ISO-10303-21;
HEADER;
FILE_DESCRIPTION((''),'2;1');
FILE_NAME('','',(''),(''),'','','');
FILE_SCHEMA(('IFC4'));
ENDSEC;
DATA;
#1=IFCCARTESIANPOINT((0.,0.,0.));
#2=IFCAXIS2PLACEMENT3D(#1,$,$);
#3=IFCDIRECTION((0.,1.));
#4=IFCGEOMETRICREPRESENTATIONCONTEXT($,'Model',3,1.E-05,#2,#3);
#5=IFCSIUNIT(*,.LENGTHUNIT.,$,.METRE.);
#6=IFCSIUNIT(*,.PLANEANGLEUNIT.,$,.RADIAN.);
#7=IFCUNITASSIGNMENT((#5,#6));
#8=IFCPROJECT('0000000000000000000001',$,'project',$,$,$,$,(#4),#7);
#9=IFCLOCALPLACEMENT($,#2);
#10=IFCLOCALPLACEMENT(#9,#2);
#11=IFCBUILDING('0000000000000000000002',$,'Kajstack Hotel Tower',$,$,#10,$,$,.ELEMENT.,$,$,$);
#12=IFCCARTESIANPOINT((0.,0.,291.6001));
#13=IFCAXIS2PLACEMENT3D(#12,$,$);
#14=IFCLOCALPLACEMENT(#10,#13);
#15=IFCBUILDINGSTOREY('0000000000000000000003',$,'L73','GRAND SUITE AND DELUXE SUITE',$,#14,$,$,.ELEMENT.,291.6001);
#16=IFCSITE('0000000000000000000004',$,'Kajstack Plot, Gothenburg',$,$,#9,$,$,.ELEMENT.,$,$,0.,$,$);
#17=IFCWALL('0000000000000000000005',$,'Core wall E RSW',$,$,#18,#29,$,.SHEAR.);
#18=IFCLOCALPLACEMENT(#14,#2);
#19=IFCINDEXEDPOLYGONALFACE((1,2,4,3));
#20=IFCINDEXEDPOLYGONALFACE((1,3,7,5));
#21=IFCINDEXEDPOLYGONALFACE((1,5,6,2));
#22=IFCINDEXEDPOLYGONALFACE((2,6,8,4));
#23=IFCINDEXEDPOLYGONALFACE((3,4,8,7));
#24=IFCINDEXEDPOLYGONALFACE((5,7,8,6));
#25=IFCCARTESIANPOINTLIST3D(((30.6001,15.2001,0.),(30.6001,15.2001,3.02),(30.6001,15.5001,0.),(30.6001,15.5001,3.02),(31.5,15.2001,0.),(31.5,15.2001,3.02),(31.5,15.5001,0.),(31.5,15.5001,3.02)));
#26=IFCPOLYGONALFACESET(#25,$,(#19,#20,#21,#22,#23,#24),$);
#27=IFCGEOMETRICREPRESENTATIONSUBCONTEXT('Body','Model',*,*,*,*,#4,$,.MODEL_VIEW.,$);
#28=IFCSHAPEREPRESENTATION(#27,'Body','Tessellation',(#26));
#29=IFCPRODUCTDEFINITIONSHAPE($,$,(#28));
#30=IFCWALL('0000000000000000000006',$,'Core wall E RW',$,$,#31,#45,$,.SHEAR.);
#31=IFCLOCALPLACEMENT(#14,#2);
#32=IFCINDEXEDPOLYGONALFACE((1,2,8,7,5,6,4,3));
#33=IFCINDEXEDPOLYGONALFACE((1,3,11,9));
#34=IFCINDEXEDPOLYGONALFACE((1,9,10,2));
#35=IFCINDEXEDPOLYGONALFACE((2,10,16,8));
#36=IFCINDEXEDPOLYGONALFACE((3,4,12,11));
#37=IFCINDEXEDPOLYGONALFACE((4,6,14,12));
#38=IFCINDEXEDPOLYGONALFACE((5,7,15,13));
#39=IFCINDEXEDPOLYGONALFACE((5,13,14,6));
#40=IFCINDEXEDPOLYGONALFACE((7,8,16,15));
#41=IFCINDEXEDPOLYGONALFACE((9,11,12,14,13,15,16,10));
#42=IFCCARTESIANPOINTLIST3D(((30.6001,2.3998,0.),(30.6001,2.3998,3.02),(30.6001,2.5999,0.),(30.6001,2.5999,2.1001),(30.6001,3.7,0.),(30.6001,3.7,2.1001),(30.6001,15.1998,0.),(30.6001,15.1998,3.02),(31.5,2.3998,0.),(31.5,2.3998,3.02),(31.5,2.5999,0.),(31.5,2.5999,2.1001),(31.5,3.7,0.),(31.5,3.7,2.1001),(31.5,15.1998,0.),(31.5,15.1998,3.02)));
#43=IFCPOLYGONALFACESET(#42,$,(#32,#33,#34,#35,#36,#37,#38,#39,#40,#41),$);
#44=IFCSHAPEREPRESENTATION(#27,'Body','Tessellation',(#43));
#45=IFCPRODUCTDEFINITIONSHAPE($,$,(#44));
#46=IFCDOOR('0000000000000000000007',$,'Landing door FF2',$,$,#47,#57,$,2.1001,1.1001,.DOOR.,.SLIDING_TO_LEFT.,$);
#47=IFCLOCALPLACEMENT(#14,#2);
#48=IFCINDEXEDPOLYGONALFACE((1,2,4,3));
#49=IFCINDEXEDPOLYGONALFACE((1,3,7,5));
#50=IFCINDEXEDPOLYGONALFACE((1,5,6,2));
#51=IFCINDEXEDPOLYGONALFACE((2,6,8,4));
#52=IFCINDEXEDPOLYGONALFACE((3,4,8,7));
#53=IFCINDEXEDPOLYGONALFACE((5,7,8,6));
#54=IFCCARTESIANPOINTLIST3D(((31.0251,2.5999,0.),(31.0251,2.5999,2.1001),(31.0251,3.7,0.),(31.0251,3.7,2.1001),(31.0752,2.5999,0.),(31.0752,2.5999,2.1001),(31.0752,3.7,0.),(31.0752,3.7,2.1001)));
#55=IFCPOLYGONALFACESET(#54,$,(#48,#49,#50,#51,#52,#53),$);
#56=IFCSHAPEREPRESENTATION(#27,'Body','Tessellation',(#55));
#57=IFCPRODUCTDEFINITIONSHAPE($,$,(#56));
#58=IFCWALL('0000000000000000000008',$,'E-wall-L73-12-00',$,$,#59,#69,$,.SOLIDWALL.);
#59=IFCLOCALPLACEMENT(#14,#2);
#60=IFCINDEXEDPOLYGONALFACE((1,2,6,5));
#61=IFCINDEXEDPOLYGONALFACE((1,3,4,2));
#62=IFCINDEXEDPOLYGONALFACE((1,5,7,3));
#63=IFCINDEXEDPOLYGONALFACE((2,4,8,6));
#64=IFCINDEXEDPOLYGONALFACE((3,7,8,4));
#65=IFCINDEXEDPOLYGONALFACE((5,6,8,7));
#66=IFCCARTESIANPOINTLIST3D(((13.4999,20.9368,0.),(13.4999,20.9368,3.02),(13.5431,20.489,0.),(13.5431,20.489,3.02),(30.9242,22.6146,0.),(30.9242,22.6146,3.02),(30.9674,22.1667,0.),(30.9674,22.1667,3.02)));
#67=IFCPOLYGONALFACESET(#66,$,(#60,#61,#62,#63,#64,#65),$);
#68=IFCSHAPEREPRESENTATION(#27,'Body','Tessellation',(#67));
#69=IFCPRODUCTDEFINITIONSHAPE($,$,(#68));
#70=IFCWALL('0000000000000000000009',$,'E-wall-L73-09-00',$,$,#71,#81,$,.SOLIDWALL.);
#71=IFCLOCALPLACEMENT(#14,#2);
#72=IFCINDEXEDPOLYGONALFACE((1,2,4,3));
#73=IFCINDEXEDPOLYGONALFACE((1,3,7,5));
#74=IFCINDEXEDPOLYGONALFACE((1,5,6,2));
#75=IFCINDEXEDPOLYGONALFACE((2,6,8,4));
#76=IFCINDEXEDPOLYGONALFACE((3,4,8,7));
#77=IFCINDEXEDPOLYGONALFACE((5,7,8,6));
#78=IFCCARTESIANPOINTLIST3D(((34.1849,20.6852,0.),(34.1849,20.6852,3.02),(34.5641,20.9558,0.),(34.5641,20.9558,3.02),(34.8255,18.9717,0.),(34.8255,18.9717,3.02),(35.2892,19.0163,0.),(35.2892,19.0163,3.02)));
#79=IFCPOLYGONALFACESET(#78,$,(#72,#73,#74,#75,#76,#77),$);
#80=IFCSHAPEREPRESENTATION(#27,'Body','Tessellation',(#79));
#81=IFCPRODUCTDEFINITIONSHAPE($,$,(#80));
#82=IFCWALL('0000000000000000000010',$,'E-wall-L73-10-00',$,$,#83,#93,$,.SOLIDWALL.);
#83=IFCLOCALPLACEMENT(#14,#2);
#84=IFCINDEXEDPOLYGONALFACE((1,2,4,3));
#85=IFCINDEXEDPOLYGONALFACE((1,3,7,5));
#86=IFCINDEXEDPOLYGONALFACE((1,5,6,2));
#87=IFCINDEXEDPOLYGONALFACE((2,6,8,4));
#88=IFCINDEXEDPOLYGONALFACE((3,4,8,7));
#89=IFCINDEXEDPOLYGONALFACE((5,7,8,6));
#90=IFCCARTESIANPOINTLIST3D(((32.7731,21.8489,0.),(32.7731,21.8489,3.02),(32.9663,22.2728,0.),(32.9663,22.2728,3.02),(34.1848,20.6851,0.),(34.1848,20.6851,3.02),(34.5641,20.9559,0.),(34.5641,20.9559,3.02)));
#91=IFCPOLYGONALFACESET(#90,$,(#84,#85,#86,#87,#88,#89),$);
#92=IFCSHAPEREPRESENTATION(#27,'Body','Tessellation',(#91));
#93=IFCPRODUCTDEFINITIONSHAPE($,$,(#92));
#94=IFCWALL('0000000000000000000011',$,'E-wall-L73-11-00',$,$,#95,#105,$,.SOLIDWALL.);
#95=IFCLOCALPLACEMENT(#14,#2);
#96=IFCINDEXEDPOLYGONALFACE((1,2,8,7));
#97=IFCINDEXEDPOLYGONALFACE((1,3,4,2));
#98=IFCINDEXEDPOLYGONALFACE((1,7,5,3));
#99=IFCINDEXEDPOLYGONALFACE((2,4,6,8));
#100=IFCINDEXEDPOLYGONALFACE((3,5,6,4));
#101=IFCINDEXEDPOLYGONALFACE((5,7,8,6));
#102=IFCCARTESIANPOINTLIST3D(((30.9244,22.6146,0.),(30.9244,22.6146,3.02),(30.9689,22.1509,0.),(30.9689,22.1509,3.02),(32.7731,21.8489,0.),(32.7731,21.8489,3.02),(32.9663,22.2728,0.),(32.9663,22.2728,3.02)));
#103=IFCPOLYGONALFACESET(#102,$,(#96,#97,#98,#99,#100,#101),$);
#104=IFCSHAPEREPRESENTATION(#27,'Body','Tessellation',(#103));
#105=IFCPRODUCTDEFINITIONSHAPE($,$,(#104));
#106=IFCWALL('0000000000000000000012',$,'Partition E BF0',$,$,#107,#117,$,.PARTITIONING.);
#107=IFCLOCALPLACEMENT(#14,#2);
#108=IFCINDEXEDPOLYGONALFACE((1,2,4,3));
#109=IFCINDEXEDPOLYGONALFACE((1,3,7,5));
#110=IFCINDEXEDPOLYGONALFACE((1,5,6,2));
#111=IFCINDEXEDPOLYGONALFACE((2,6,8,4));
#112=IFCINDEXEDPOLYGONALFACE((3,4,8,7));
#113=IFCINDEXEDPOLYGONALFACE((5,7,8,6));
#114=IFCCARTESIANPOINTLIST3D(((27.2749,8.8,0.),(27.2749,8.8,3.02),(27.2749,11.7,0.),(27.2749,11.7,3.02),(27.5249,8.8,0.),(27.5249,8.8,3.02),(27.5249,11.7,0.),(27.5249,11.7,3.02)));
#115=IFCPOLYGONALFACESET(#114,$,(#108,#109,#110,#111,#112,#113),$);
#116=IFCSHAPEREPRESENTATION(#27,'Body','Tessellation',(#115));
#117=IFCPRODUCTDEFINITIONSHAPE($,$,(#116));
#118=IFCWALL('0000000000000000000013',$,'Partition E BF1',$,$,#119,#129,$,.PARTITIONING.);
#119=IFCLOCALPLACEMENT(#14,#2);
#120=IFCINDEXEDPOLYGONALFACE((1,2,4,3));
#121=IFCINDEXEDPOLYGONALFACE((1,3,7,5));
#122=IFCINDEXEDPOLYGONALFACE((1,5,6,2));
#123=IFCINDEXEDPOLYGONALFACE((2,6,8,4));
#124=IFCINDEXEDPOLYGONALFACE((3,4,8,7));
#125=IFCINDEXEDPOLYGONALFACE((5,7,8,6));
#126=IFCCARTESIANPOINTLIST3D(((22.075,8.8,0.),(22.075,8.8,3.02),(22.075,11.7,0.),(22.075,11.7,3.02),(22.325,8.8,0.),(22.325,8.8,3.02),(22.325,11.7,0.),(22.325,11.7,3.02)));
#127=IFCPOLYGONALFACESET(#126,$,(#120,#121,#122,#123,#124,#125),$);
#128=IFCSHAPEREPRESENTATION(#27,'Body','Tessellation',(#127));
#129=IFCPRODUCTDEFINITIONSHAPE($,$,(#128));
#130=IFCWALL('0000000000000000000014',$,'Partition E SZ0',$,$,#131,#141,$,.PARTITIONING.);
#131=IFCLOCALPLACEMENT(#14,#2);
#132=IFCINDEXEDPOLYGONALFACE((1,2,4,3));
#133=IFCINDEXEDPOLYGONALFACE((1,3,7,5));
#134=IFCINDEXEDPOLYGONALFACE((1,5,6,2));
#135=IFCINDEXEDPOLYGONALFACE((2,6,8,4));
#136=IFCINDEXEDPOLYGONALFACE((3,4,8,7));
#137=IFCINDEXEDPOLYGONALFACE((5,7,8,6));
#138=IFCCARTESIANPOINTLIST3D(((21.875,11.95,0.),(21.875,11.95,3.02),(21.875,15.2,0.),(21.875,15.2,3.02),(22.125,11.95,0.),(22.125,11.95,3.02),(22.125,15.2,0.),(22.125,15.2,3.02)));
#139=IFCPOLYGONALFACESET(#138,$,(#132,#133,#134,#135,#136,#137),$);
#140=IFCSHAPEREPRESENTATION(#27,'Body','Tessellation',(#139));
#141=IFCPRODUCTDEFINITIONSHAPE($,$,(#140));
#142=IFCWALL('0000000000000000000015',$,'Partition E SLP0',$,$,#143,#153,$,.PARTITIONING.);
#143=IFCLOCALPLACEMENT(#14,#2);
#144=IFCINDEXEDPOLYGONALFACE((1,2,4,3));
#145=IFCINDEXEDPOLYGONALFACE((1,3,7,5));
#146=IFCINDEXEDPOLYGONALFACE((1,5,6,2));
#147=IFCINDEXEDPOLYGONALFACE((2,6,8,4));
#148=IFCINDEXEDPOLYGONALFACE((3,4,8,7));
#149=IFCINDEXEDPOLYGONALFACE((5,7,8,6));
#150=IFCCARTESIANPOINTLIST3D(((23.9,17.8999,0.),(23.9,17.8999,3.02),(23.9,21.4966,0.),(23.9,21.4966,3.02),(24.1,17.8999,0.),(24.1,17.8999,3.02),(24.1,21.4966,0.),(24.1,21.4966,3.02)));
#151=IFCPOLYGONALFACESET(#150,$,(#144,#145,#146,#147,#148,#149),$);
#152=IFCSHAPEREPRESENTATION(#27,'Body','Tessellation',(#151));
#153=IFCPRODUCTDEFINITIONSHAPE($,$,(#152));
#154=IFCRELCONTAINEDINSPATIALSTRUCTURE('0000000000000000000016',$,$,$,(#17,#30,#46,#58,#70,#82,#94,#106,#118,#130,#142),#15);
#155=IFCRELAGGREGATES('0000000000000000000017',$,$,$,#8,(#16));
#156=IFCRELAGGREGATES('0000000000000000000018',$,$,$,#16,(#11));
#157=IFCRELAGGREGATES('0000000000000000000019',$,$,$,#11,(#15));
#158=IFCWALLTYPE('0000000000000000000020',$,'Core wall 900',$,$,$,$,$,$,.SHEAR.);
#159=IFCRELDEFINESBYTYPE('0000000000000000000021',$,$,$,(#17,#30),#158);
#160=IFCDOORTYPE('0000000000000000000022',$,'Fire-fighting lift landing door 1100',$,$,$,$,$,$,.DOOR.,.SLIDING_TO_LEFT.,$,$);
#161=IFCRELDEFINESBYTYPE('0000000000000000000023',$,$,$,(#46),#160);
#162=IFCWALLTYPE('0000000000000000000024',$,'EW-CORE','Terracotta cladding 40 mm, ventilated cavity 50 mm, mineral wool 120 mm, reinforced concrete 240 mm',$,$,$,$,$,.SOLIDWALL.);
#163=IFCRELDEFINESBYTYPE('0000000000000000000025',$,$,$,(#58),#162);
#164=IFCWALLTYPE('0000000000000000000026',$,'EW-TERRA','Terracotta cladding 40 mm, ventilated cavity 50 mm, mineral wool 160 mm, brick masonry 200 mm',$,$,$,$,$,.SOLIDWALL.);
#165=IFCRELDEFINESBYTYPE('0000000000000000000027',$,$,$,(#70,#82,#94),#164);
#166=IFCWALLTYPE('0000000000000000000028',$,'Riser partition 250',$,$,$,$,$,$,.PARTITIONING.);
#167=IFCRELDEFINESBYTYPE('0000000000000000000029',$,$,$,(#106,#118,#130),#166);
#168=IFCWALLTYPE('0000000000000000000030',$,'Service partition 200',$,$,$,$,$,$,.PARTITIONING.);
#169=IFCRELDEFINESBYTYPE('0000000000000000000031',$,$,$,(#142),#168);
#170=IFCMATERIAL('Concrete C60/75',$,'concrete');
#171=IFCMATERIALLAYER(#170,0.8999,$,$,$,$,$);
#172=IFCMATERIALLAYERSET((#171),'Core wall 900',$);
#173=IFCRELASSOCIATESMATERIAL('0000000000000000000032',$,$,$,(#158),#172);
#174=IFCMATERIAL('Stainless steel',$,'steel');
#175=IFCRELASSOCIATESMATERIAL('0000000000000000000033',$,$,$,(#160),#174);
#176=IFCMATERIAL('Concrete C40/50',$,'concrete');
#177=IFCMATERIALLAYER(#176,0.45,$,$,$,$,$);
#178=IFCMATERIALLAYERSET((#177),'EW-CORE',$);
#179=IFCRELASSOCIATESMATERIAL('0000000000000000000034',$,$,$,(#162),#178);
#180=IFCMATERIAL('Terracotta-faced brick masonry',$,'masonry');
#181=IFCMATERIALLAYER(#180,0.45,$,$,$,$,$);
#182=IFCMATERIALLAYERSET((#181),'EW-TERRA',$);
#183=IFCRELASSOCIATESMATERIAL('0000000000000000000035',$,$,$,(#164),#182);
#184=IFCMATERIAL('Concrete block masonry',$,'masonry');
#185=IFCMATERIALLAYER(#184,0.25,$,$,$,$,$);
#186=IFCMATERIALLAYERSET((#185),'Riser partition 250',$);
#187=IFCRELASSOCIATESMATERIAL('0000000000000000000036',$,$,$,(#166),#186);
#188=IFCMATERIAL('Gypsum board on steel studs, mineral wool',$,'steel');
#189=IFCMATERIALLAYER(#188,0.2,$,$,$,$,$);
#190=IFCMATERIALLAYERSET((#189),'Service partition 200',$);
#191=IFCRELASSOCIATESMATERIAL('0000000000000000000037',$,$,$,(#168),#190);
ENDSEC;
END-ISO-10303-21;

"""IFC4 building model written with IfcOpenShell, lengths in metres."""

from ifc_helpers import new_model, si_unit, direction, frame, frame_2d, origin, place, context, subcontext, project, spatial, polyline, rectangle, outline, extrude, material, layer, layer_set, type_object, element, fill, save


model = new_model("IFC4")

# Units and contexts
model_context = context("Model", 3, precision=1e-05, world=origin(), true_north=direction((0.0, 1.0)))
body_context = subcontext(model_context, "Body", "Model", "MODEL_VIEW")
ifc_project = project(units=[si_unit("LENGTHUNIT", "METRE"), si_unit("PLANEANGLEUNIT", "RADIAN")], contexts=[model_context])

# Site, building, storey
site_placement = place(None, origin())
site = spatial("IfcSite", under=ifc_project, at=site_placement, Name="Kajstack Plot, Gothenburg", CompositionType="ELEMENT", RefElevation=0.0)
building_placement = place(site_placement, origin())
building = spatial("IfcBuilding", under=site, at=building_placement, Name="Kajstack Hotel Tower", CompositionType="ELEMENT")
storey_placement = place(building_placement, frame((0.0, 0.0, 291.6001)))
storey = spatial("IfcBuildingStorey", under=building, at=storey_placement, Name="L73", Description="GRAND SUITE AND DELUXE SUITE", CompositionType="ELEMENT", Elevation=291.6001)

# Wall
ifc_material_1 = material(Name="Concrete C60/75", Category="concrete")
ifc_layer_1 = layer(ifc_material_1, 0.8999)
ifc_layer_set_1 = layer_set([ifc_layer_1], Name="Core wall 900")
wall_type_1 = type_object("IfcWallType", Name="Core wall 900", PredefinedType="SHEAR", material=ifc_layer_set_1)
wall_1_placement = place(storey_placement, frame((30.6001, 15.3501, 0.0), z_axis=(0.0, 0.0, 1.0), x_axis=(1.0, 0.0, 0.0)))
element("IfcWall", 1, at=wall_1_placement, inside=storey, type_object=wall_type_1, Name="Core wall E RSW", PredefinedType="SHEAR", context=body_context, shape_type="SweptSolid", body=[
    extrude(rectangle(XDim=0.8999, YDim=0.3, at=frame_2d((0.45, 0.0))), origin(), (0.0, 0.0, 1.0), 3.02),
])

# Wall, opening, door
wall_2_placement = place(storey_placement, frame((31.05, 2.3999, 0.0), z_axis=(0.0, 0.0, 1.0), x_axis=(0.0, 1.0, 0.0)))
wall_2 = element("IfcWall", 2, at=wall_2_placement, inside=storey, type_object=wall_type_1, Name="Core wall E RW", PredefinedType="SHEAR", context=body_context, shape_type="SweptSolid", body=[
    extrude(rectangle(XDim=12.8, YDim=0.8999, at=frame_2d((6.3999, 0.0))), origin(), (0.0, 0.0, 1.0), 3.02),
])
opening_1_placement = place(wall_2_placement, frame((0.2, 0.0, 0.0)))
opening_1 = element("IfcOpeningElement", 3, at=opening_1_placement, cuts=wall_2, PredefinedType="OPENING", context=body_context, shape_type="SweptSolid", body=[
    extrude(rectangle(XDim=1.1001, YDim=2.1001, at=frame_2d((0.55, 1.05))), frame((0.0, 0.46, 0.0), z_axis=(0.0, -1.0, 0.0), x_axis=(1.0, 0.0, 0.0)), (0.0, 0.0, 1.0), 0.9199),
])
ifc_material_2 = material(Name="Stainless steel", Category="steel")
door_type_1 = type_object("IfcDoorType", Name="Fire-fighting lift landing door 1100", OperationType="SLIDING_TO_LEFT", PredefinedType="DOOR", material=ifc_material_2)
door_1_placement = place(opening_1_placement, origin())
door_1 = element("IfcDoor", 4, at=door_1_placement, inside=storey, type_object=door_type_1, Name="Landing door FF2", OperationType="SLIDING_TO_LEFT", OverallHeight=2.1001, OverallWidth=1.1001, PredefinedType="DOOR", context=body_context, shape_type="SweptSolid", body=[
    extrude(rectangle(XDim=1.1001, YDim=2.1001, at=frame_2d((0.55, 1.05))), frame((0.0, 0.0249, 0.0), z_axis=(0.0, -1.0, 0.0), x_axis=(1.0, 0.0, 0.0)), (0.0, 0.0, 1.0), 0.05),
])
fill(opening_1, door_1)

# Walls
ifc_material_3 = material(Name="Concrete C40/50", Category="concrete")
ifc_layer_2 = layer(ifc_material_3, 0.45)
ifc_layer_set_2 = layer_set([ifc_layer_2], Name="EW-CORE")
wall_type_2 = type_object("IfcWallType", Name="EW-CORE", Description="Terracotta cladding 40 mm, ventilated cavity 50 mm, mineral wool 120 mm, reinforced concrete 240 mm", PredefinedType="SOLIDWALL", material=ifc_layer_set_2)
wall_3_placement = place(storey_placement, frame((30.9458, 22.3906, 0.0), z_axis=(0.0, 0.0, 1.0), x_axis=(-0.995396, -0.095844, 0.0)))
element("IfcWall", 5, at=wall_3_placement, inside=storey, type_object=wall_type_2, Name="E-wall-L73-12-00", PredefinedType="SOLIDWALL", context=body_context, shape_type="SweptSolid", body=[
    extrude(rectangle(XDim=17.5049, YDim=0.45, at=frame_2d((8.7524, 0.0))), origin(), (0.0, 0.0, 1.0), 3.02),
])
ifc_material_4 = material(Name="Terracotta-faced brick masonry", Category="masonry")
ifc_layer_3 = layer(ifc_material_4, 0.45)
ifc_layer_set_3 = layer_set([ifc_layer_3], Name="EW-TERRA")
wall_type_3 = type_object("IfcWallType", Name="EW-TERRA", Description="Terracotta cladding 40 mm, ventilated cavity 50 mm, mineral wool 160 mm, brick masonry 200 mm", PredefinedType="SOLIDWALL", material=ifc_layer_set_3)
wall_4_placement = place(storey_placement, frame((35.0784, 18.9375, 0.0), z_axis=(0.0, 0.0, 1.0), x_axis=(-0.350193, 0.936678, 0.0)))
element("IfcWall", 6, at=wall_4_placement, inside=storey, type_object=wall_type_3, Name="E-wall-L73-09-00", PredefinedType="SOLIDWALL", context=body_context, shape_type="SweptSolid", body=[
    extrude(outline(polyline([(0.0, -0.2251), (2.0706, -0.2251), (1.95, 0.2249), (0.1206, 0.2249), (0.0, -0.2251)])), origin(), (0.0, 0.0, 1.0), 3.02),
])
wall_5_placement = place(storey_placement, frame((34.4209, 20.7822, 0.0), z_axis=(0.0, 0.0, 1.0), x_axis=(-0.771593, 0.636116, 0.0)))
element("IfcWall", 7, at=wall_5_placement, inside=storey, type_object=wall_type_3, Name="E-wall-L73-10-00", PredefinedType="SOLIDWALL", context=body_context, shape_type="SweptSolid", body=[
    extrude(outline(polyline([(0.0, -0.2251), (2.0706, -0.2249), (1.95, 0.2251), (0.1204, 0.2251), (0.0, -0.2251)])), origin(), (0.0, 0.0, 1.0), 3.02),
])
wall_6_placement = place(storey_placement, frame((32.9292, 22.051, 0.0), z_axis=(0.0, 0.0, 1.0), x_axis=(-0.986298, 0.164973, 0.0)))
element("IfcWall", 8, at=wall_6_placement, inside=storey, type_object=wall_type_3, Name="E-wall-L73-11-00", PredefinedType="SOLIDWALL", context=body_context, shape_type="SweptSolid", body=[
    extrude(outline(polyline([(0.0, -0.2249), (2.0703, -0.2251), (1.95, 0.2249), (0.1206, 0.2251), (0.0, -0.2249)])), origin(), (0.0, 0.0, 1.0), 3.02),
])
ifc_material_5 = material(Name="Concrete block masonry", Category="masonry")
ifc_layer_4 = layer(ifc_material_5, 0.25)
ifc_layer_set_4 = layer_set([ifc_layer_4], Name="Riser partition 250")
wall_type_4 = type_object("IfcWallType", Name="Riser partition 250", PredefinedType="PARTITIONING", material=ifc_layer_set_4)
for number, where, z_axis, x_axis, name in (
    (9, (27.3999, 8.8, 0.0), (0.0, 0.0, 1.0), (0.0, 1.0, 0.0), "Partition E BF0"),
    (10, (22.2, 8.8, 0.0), (0.0, 0.0, 1.0), (0.0, 1.0, 0.0), "Partition E BF1"),
):
    element("IfcWall", number, at=place(storey_placement, frame(where, z_axis=z_axis, x_axis=x_axis)), inside=storey, type_object=wall_type_4, Name=name, PredefinedType="PARTITIONING", context=body_context, shape_type="SweptSolid", body=[
        extrude(rectangle(XDim=2.8999, YDim=0.25, at=frame_2d((1.45, 0.0))), origin(), (0.0, 0.0, 1.0), 3.02),
    ])
wall_7_placement = place(storey_placement, frame((22.0, 11.95, 0.0), z_axis=(0.0, 0.0, 1.0), x_axis=(0.0, 1.0, 0.0)))
element("IfcWall", 11, at=wall_7_placement, inside=storey, type_object=wall_type_4, Name="Partition E SZ0", PredefinedType="PARTITIONING", context=body_context, shape_type="SweptSolid", body=[
    extrude(rectangle(XDim=3.25, YDim=0.25, at=frame_2d((1.625, 0.0))), origin(), (0.0, 0.0, 1.0), 3.02),
])
ifc_material_6 = material(Name="Gypsum board on steel studs, mineral wool", Category="steel")
ifc_layer_5 = layer(ifc_material_6, 0.2)
ifc_layer_set_5 = layer_set([ifc_layer_5], Name="Service partition 200")
wall_type_5 = type_object("IfcWallType", Name="Service partition 200", PredefinedType="PARTITIONING", material=ifc_layer_set_5)
wall_8_placement = place(storey_placement, frame((24.0, 17.8999, 0.0), z_axis=(0.0, 0.0, 1.0), x_axis=(0.0, 1.0, 0.0)))
element("IfcWall", 12, at=wall_8_placement, inside=storey, type_object=wall_type_5, Name="Partition E SLP0", PredefinedType="PARTITIONING", context=body_context, shape_type="SweptSolid", body=[
    extrude(rectangle(XDim=3.5967, YDim=0.2, at=frame_2d((1.7983, 0.0))), origin(), (0.0, 0.0, 1.0), 3.02),
])

save(model, "model.ifc")
